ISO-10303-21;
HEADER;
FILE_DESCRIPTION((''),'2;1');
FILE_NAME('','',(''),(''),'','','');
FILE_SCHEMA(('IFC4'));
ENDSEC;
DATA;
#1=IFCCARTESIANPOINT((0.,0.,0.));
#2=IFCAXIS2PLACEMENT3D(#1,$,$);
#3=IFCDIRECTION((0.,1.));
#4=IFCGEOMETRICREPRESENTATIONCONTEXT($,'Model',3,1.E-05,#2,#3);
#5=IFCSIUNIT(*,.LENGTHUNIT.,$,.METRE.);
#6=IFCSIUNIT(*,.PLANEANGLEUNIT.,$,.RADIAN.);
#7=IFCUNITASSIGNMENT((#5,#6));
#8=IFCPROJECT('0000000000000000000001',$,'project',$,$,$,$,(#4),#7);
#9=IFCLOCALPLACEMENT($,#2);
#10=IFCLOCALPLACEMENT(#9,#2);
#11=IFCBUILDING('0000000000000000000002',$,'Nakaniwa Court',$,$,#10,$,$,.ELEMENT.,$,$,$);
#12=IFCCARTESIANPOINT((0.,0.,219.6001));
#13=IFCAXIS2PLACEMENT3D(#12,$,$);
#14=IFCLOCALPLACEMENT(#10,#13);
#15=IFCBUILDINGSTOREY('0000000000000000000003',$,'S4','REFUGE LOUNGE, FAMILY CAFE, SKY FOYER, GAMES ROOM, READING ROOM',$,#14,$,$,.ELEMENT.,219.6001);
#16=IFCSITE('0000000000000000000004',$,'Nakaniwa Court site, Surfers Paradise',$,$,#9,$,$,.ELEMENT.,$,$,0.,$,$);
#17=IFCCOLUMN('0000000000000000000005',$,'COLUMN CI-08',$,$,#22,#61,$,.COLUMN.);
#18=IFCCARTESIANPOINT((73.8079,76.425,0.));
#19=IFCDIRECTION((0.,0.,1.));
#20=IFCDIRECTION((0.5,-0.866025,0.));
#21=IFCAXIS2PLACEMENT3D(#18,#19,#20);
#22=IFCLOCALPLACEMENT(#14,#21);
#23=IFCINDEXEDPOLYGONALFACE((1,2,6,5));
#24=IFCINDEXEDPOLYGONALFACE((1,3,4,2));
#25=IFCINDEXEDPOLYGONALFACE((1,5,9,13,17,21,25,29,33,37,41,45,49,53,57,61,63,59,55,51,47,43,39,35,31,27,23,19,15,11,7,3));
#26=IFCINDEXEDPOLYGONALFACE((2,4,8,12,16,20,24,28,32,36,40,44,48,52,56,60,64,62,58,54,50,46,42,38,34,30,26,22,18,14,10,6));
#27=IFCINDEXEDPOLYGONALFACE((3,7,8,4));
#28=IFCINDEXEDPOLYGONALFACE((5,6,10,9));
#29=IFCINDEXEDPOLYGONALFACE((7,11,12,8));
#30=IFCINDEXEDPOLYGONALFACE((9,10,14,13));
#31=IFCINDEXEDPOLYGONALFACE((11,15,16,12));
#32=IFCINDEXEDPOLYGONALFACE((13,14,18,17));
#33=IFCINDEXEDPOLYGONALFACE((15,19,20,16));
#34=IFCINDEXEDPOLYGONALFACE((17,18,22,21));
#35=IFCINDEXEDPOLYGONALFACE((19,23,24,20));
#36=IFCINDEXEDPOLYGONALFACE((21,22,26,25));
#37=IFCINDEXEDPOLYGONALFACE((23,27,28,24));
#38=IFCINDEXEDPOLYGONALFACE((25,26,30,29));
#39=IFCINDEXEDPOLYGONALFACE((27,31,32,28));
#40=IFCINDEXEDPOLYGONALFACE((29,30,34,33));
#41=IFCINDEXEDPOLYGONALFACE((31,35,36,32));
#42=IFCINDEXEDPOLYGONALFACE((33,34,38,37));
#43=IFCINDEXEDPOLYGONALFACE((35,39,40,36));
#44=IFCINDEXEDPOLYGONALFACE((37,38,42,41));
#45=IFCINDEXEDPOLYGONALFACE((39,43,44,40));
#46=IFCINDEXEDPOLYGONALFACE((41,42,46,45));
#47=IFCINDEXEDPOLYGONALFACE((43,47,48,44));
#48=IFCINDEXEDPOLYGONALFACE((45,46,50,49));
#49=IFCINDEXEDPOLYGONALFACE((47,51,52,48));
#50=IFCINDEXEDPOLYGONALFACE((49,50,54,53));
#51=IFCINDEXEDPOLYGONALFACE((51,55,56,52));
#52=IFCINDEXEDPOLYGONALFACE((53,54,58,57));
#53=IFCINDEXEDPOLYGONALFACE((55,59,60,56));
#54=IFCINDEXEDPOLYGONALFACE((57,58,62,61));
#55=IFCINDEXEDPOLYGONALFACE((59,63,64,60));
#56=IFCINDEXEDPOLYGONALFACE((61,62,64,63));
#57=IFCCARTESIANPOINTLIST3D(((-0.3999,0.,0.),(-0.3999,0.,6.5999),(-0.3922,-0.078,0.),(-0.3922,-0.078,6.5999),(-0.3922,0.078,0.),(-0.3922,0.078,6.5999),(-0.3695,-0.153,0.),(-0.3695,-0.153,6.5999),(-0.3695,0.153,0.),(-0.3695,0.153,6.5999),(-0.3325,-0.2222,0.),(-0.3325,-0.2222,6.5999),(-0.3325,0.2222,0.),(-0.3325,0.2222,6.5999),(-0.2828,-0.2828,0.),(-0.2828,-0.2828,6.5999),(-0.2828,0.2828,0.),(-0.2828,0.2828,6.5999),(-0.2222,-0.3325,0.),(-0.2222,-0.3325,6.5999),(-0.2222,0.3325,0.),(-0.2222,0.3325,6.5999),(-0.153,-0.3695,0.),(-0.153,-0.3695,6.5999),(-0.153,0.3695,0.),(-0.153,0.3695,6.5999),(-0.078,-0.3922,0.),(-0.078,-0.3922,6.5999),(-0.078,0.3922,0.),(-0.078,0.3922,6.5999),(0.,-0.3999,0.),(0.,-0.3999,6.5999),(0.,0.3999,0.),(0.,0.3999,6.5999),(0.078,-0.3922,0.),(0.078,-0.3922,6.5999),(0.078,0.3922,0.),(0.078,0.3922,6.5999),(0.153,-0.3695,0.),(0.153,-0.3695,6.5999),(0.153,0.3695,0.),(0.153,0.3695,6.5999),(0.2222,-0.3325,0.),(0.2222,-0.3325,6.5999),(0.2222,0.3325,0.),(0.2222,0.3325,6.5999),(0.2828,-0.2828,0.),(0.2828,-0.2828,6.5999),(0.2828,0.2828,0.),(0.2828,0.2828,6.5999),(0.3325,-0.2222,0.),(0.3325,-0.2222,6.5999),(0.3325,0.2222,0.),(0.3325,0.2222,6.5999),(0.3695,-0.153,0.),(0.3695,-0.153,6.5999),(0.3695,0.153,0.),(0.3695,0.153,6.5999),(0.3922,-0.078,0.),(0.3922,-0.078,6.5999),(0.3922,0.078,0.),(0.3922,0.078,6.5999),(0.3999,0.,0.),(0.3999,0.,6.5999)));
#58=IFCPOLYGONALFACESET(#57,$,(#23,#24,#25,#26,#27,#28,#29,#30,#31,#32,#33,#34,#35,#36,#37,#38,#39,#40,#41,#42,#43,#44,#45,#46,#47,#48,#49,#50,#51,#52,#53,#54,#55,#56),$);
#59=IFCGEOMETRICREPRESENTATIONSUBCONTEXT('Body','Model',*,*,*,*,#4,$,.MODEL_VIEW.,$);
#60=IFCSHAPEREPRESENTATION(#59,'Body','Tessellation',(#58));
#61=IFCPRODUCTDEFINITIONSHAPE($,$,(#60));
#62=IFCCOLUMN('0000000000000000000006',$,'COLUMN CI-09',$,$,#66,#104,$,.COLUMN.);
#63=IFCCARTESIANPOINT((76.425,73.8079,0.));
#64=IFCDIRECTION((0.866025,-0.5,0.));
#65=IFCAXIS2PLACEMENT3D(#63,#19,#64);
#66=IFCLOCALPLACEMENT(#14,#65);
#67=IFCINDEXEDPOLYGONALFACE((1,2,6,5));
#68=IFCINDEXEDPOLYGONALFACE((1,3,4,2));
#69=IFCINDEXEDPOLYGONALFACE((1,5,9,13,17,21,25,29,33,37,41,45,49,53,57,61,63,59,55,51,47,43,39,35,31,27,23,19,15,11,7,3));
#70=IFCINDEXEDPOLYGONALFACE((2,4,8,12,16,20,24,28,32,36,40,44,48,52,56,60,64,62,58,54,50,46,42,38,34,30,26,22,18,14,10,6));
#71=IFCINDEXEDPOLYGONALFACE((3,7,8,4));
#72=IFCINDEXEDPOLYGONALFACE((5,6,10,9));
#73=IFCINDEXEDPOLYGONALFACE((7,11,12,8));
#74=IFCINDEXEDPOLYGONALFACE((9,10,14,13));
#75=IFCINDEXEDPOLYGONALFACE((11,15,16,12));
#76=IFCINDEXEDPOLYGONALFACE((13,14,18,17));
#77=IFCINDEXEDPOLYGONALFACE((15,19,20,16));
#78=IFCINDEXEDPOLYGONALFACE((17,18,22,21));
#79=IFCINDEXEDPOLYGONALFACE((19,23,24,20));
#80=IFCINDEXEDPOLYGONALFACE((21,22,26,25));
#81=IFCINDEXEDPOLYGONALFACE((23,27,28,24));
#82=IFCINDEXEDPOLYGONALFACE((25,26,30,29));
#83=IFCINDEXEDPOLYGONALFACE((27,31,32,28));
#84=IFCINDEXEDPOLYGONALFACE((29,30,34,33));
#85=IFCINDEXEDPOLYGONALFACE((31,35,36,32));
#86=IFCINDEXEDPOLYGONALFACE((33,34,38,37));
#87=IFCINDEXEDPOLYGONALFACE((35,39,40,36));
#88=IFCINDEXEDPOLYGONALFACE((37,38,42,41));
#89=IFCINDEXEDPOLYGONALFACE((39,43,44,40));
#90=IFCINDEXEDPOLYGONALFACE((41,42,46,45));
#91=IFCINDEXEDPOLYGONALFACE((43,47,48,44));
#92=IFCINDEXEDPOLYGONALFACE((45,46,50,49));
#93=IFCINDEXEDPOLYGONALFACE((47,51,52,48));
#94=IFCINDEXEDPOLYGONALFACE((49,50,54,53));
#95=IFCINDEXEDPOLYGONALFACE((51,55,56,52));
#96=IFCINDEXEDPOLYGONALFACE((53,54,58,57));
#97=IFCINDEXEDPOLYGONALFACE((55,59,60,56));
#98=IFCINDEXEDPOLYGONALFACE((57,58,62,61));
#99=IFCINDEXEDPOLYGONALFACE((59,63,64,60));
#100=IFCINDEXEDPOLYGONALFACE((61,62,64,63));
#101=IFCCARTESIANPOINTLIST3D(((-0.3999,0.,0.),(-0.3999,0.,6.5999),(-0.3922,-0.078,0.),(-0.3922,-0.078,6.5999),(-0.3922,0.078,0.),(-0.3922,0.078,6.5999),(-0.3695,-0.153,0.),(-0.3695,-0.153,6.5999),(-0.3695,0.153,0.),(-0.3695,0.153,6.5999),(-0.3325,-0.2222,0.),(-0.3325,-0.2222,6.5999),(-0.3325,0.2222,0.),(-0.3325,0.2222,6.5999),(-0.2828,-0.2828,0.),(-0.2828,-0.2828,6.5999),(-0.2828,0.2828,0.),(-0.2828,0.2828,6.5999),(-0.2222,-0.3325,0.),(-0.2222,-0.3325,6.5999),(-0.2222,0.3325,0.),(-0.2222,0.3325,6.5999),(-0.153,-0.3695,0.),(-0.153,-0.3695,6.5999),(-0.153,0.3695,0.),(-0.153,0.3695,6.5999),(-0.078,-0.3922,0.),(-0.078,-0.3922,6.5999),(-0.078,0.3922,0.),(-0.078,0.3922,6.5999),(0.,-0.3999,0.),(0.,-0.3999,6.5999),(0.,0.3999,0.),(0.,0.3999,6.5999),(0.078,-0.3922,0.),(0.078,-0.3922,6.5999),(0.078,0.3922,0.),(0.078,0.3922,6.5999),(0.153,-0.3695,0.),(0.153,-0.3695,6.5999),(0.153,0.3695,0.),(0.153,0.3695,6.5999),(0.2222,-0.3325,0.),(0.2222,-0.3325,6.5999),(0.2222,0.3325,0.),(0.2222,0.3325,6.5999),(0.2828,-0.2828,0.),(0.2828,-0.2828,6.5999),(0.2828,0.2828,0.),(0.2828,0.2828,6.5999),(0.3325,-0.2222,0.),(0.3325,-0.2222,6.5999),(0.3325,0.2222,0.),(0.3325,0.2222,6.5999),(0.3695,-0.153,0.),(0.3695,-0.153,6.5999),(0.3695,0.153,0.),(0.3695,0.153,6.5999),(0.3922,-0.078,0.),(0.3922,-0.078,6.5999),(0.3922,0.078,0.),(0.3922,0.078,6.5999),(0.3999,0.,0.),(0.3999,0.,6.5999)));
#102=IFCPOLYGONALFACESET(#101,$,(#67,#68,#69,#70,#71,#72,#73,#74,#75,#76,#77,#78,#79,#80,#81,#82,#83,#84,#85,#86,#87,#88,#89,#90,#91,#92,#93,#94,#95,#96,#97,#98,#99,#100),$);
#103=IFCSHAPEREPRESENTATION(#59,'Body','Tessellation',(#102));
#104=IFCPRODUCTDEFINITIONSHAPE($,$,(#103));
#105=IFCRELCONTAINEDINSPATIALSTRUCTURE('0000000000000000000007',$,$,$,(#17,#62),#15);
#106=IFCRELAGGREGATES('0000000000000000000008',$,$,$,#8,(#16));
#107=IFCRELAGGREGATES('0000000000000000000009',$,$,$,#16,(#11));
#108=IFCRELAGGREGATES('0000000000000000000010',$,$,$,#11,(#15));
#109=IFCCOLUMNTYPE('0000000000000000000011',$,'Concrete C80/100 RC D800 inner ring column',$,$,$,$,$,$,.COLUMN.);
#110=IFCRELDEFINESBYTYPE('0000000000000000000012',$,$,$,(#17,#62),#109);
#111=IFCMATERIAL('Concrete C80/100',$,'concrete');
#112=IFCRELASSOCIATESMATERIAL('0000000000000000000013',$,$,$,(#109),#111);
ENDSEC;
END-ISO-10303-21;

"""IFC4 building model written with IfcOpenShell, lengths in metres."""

from ifc_helpers import new_model, si_unit, direction, frame, origin, origin_2d, place, context, subcontext, project, spatial, circle, extrude, material, material_profile, profile_set, type_object, element, save


model = new_model("IFC4")

# Units and contexts
model_context = context("Model", 3, precision=1e-05, world=origin(), true_north=direction((0.0, 1.0)))
body_context = subcontext(model_context, "Body", "Model", "MODEL_VIEW")
ifc_project = project(units=[si_unit("LENGTHUNIT", "METRE"), si_unit("PLANEANGLEUNIT", "RADIAN")], contexts=[model_context])

# Site, building, storey
site_placement = place(None, origin())
site = spatial("IfcSite", under=ifc_project, at=site_placement, Name="Nakaniwa Court site, Surfers Paradise", CompositionType="ELEMENT", RefElevation=0.0)
building_placement = place(site_placement, origin())
building = spatial("IfcBuilding", under=site, at=building_placement, Name="Nakaniwa Court", CompositionType="ELEMENT")
storey_placement = place(building_placement, frame((0.0, 0.0, 219.6001)))
storey = spatial("IfcBuildingStorey", under=building, at=storey_placement, Name="S4", Description="REFUGE LOUNGE, FAMILY CAFE, SKY FOYER, GAMES ROOM, READING ROOM", CompositionType="ELEMENT", Elevation=219.6001)

# Columns
ifc_material_1 = material(Name="Concrete C80/100", Category="concrete")
ifc_material_profile_1 = material_profile(ifc_material_1, circle(Radius=0.3999, at=origin_2d()), Name="Concrete C80/100 RC D800 inner ring column")
ifc_profile_set_1 = profile_set([ifc_material_profile_1], Name="Concrete C80/100")
column_type = type_object("IfcColumnType", Name="Concrete C80/100 RC D800 inner ring column", PredefinedType="COLUMN", material=ifc_profile_set_1)
for number, where, z_axis, x_axis, name in (
    (1, (73.8079, 76.425, 0.0), (0.0, 0.0, 1.0), (0.5, -0.866025, 0.0), "COLUMN CI-08"),
    (2, (76.425, 73.8079, 0.0), (0.0, 0.0, 1.0), (0.866025, -0.5, 0.0), "COLUMN CI-09"),
):
    element("IfcColumn", number, at=place(storey_placement, frame(where, z_axis=z_axis, x_axis=x_axis)), inside=storey, type_object=column_type, Name=name, PredefinedType="COLUMN", context=body_context, shape_type="SweptSolid", body=[
        extrude(circle(Radius=0.3999, at=origin_2d()), origin(), (0.0, 0.0, 1.0), 6.5999),
    ])

save(model, "model.ifc")
